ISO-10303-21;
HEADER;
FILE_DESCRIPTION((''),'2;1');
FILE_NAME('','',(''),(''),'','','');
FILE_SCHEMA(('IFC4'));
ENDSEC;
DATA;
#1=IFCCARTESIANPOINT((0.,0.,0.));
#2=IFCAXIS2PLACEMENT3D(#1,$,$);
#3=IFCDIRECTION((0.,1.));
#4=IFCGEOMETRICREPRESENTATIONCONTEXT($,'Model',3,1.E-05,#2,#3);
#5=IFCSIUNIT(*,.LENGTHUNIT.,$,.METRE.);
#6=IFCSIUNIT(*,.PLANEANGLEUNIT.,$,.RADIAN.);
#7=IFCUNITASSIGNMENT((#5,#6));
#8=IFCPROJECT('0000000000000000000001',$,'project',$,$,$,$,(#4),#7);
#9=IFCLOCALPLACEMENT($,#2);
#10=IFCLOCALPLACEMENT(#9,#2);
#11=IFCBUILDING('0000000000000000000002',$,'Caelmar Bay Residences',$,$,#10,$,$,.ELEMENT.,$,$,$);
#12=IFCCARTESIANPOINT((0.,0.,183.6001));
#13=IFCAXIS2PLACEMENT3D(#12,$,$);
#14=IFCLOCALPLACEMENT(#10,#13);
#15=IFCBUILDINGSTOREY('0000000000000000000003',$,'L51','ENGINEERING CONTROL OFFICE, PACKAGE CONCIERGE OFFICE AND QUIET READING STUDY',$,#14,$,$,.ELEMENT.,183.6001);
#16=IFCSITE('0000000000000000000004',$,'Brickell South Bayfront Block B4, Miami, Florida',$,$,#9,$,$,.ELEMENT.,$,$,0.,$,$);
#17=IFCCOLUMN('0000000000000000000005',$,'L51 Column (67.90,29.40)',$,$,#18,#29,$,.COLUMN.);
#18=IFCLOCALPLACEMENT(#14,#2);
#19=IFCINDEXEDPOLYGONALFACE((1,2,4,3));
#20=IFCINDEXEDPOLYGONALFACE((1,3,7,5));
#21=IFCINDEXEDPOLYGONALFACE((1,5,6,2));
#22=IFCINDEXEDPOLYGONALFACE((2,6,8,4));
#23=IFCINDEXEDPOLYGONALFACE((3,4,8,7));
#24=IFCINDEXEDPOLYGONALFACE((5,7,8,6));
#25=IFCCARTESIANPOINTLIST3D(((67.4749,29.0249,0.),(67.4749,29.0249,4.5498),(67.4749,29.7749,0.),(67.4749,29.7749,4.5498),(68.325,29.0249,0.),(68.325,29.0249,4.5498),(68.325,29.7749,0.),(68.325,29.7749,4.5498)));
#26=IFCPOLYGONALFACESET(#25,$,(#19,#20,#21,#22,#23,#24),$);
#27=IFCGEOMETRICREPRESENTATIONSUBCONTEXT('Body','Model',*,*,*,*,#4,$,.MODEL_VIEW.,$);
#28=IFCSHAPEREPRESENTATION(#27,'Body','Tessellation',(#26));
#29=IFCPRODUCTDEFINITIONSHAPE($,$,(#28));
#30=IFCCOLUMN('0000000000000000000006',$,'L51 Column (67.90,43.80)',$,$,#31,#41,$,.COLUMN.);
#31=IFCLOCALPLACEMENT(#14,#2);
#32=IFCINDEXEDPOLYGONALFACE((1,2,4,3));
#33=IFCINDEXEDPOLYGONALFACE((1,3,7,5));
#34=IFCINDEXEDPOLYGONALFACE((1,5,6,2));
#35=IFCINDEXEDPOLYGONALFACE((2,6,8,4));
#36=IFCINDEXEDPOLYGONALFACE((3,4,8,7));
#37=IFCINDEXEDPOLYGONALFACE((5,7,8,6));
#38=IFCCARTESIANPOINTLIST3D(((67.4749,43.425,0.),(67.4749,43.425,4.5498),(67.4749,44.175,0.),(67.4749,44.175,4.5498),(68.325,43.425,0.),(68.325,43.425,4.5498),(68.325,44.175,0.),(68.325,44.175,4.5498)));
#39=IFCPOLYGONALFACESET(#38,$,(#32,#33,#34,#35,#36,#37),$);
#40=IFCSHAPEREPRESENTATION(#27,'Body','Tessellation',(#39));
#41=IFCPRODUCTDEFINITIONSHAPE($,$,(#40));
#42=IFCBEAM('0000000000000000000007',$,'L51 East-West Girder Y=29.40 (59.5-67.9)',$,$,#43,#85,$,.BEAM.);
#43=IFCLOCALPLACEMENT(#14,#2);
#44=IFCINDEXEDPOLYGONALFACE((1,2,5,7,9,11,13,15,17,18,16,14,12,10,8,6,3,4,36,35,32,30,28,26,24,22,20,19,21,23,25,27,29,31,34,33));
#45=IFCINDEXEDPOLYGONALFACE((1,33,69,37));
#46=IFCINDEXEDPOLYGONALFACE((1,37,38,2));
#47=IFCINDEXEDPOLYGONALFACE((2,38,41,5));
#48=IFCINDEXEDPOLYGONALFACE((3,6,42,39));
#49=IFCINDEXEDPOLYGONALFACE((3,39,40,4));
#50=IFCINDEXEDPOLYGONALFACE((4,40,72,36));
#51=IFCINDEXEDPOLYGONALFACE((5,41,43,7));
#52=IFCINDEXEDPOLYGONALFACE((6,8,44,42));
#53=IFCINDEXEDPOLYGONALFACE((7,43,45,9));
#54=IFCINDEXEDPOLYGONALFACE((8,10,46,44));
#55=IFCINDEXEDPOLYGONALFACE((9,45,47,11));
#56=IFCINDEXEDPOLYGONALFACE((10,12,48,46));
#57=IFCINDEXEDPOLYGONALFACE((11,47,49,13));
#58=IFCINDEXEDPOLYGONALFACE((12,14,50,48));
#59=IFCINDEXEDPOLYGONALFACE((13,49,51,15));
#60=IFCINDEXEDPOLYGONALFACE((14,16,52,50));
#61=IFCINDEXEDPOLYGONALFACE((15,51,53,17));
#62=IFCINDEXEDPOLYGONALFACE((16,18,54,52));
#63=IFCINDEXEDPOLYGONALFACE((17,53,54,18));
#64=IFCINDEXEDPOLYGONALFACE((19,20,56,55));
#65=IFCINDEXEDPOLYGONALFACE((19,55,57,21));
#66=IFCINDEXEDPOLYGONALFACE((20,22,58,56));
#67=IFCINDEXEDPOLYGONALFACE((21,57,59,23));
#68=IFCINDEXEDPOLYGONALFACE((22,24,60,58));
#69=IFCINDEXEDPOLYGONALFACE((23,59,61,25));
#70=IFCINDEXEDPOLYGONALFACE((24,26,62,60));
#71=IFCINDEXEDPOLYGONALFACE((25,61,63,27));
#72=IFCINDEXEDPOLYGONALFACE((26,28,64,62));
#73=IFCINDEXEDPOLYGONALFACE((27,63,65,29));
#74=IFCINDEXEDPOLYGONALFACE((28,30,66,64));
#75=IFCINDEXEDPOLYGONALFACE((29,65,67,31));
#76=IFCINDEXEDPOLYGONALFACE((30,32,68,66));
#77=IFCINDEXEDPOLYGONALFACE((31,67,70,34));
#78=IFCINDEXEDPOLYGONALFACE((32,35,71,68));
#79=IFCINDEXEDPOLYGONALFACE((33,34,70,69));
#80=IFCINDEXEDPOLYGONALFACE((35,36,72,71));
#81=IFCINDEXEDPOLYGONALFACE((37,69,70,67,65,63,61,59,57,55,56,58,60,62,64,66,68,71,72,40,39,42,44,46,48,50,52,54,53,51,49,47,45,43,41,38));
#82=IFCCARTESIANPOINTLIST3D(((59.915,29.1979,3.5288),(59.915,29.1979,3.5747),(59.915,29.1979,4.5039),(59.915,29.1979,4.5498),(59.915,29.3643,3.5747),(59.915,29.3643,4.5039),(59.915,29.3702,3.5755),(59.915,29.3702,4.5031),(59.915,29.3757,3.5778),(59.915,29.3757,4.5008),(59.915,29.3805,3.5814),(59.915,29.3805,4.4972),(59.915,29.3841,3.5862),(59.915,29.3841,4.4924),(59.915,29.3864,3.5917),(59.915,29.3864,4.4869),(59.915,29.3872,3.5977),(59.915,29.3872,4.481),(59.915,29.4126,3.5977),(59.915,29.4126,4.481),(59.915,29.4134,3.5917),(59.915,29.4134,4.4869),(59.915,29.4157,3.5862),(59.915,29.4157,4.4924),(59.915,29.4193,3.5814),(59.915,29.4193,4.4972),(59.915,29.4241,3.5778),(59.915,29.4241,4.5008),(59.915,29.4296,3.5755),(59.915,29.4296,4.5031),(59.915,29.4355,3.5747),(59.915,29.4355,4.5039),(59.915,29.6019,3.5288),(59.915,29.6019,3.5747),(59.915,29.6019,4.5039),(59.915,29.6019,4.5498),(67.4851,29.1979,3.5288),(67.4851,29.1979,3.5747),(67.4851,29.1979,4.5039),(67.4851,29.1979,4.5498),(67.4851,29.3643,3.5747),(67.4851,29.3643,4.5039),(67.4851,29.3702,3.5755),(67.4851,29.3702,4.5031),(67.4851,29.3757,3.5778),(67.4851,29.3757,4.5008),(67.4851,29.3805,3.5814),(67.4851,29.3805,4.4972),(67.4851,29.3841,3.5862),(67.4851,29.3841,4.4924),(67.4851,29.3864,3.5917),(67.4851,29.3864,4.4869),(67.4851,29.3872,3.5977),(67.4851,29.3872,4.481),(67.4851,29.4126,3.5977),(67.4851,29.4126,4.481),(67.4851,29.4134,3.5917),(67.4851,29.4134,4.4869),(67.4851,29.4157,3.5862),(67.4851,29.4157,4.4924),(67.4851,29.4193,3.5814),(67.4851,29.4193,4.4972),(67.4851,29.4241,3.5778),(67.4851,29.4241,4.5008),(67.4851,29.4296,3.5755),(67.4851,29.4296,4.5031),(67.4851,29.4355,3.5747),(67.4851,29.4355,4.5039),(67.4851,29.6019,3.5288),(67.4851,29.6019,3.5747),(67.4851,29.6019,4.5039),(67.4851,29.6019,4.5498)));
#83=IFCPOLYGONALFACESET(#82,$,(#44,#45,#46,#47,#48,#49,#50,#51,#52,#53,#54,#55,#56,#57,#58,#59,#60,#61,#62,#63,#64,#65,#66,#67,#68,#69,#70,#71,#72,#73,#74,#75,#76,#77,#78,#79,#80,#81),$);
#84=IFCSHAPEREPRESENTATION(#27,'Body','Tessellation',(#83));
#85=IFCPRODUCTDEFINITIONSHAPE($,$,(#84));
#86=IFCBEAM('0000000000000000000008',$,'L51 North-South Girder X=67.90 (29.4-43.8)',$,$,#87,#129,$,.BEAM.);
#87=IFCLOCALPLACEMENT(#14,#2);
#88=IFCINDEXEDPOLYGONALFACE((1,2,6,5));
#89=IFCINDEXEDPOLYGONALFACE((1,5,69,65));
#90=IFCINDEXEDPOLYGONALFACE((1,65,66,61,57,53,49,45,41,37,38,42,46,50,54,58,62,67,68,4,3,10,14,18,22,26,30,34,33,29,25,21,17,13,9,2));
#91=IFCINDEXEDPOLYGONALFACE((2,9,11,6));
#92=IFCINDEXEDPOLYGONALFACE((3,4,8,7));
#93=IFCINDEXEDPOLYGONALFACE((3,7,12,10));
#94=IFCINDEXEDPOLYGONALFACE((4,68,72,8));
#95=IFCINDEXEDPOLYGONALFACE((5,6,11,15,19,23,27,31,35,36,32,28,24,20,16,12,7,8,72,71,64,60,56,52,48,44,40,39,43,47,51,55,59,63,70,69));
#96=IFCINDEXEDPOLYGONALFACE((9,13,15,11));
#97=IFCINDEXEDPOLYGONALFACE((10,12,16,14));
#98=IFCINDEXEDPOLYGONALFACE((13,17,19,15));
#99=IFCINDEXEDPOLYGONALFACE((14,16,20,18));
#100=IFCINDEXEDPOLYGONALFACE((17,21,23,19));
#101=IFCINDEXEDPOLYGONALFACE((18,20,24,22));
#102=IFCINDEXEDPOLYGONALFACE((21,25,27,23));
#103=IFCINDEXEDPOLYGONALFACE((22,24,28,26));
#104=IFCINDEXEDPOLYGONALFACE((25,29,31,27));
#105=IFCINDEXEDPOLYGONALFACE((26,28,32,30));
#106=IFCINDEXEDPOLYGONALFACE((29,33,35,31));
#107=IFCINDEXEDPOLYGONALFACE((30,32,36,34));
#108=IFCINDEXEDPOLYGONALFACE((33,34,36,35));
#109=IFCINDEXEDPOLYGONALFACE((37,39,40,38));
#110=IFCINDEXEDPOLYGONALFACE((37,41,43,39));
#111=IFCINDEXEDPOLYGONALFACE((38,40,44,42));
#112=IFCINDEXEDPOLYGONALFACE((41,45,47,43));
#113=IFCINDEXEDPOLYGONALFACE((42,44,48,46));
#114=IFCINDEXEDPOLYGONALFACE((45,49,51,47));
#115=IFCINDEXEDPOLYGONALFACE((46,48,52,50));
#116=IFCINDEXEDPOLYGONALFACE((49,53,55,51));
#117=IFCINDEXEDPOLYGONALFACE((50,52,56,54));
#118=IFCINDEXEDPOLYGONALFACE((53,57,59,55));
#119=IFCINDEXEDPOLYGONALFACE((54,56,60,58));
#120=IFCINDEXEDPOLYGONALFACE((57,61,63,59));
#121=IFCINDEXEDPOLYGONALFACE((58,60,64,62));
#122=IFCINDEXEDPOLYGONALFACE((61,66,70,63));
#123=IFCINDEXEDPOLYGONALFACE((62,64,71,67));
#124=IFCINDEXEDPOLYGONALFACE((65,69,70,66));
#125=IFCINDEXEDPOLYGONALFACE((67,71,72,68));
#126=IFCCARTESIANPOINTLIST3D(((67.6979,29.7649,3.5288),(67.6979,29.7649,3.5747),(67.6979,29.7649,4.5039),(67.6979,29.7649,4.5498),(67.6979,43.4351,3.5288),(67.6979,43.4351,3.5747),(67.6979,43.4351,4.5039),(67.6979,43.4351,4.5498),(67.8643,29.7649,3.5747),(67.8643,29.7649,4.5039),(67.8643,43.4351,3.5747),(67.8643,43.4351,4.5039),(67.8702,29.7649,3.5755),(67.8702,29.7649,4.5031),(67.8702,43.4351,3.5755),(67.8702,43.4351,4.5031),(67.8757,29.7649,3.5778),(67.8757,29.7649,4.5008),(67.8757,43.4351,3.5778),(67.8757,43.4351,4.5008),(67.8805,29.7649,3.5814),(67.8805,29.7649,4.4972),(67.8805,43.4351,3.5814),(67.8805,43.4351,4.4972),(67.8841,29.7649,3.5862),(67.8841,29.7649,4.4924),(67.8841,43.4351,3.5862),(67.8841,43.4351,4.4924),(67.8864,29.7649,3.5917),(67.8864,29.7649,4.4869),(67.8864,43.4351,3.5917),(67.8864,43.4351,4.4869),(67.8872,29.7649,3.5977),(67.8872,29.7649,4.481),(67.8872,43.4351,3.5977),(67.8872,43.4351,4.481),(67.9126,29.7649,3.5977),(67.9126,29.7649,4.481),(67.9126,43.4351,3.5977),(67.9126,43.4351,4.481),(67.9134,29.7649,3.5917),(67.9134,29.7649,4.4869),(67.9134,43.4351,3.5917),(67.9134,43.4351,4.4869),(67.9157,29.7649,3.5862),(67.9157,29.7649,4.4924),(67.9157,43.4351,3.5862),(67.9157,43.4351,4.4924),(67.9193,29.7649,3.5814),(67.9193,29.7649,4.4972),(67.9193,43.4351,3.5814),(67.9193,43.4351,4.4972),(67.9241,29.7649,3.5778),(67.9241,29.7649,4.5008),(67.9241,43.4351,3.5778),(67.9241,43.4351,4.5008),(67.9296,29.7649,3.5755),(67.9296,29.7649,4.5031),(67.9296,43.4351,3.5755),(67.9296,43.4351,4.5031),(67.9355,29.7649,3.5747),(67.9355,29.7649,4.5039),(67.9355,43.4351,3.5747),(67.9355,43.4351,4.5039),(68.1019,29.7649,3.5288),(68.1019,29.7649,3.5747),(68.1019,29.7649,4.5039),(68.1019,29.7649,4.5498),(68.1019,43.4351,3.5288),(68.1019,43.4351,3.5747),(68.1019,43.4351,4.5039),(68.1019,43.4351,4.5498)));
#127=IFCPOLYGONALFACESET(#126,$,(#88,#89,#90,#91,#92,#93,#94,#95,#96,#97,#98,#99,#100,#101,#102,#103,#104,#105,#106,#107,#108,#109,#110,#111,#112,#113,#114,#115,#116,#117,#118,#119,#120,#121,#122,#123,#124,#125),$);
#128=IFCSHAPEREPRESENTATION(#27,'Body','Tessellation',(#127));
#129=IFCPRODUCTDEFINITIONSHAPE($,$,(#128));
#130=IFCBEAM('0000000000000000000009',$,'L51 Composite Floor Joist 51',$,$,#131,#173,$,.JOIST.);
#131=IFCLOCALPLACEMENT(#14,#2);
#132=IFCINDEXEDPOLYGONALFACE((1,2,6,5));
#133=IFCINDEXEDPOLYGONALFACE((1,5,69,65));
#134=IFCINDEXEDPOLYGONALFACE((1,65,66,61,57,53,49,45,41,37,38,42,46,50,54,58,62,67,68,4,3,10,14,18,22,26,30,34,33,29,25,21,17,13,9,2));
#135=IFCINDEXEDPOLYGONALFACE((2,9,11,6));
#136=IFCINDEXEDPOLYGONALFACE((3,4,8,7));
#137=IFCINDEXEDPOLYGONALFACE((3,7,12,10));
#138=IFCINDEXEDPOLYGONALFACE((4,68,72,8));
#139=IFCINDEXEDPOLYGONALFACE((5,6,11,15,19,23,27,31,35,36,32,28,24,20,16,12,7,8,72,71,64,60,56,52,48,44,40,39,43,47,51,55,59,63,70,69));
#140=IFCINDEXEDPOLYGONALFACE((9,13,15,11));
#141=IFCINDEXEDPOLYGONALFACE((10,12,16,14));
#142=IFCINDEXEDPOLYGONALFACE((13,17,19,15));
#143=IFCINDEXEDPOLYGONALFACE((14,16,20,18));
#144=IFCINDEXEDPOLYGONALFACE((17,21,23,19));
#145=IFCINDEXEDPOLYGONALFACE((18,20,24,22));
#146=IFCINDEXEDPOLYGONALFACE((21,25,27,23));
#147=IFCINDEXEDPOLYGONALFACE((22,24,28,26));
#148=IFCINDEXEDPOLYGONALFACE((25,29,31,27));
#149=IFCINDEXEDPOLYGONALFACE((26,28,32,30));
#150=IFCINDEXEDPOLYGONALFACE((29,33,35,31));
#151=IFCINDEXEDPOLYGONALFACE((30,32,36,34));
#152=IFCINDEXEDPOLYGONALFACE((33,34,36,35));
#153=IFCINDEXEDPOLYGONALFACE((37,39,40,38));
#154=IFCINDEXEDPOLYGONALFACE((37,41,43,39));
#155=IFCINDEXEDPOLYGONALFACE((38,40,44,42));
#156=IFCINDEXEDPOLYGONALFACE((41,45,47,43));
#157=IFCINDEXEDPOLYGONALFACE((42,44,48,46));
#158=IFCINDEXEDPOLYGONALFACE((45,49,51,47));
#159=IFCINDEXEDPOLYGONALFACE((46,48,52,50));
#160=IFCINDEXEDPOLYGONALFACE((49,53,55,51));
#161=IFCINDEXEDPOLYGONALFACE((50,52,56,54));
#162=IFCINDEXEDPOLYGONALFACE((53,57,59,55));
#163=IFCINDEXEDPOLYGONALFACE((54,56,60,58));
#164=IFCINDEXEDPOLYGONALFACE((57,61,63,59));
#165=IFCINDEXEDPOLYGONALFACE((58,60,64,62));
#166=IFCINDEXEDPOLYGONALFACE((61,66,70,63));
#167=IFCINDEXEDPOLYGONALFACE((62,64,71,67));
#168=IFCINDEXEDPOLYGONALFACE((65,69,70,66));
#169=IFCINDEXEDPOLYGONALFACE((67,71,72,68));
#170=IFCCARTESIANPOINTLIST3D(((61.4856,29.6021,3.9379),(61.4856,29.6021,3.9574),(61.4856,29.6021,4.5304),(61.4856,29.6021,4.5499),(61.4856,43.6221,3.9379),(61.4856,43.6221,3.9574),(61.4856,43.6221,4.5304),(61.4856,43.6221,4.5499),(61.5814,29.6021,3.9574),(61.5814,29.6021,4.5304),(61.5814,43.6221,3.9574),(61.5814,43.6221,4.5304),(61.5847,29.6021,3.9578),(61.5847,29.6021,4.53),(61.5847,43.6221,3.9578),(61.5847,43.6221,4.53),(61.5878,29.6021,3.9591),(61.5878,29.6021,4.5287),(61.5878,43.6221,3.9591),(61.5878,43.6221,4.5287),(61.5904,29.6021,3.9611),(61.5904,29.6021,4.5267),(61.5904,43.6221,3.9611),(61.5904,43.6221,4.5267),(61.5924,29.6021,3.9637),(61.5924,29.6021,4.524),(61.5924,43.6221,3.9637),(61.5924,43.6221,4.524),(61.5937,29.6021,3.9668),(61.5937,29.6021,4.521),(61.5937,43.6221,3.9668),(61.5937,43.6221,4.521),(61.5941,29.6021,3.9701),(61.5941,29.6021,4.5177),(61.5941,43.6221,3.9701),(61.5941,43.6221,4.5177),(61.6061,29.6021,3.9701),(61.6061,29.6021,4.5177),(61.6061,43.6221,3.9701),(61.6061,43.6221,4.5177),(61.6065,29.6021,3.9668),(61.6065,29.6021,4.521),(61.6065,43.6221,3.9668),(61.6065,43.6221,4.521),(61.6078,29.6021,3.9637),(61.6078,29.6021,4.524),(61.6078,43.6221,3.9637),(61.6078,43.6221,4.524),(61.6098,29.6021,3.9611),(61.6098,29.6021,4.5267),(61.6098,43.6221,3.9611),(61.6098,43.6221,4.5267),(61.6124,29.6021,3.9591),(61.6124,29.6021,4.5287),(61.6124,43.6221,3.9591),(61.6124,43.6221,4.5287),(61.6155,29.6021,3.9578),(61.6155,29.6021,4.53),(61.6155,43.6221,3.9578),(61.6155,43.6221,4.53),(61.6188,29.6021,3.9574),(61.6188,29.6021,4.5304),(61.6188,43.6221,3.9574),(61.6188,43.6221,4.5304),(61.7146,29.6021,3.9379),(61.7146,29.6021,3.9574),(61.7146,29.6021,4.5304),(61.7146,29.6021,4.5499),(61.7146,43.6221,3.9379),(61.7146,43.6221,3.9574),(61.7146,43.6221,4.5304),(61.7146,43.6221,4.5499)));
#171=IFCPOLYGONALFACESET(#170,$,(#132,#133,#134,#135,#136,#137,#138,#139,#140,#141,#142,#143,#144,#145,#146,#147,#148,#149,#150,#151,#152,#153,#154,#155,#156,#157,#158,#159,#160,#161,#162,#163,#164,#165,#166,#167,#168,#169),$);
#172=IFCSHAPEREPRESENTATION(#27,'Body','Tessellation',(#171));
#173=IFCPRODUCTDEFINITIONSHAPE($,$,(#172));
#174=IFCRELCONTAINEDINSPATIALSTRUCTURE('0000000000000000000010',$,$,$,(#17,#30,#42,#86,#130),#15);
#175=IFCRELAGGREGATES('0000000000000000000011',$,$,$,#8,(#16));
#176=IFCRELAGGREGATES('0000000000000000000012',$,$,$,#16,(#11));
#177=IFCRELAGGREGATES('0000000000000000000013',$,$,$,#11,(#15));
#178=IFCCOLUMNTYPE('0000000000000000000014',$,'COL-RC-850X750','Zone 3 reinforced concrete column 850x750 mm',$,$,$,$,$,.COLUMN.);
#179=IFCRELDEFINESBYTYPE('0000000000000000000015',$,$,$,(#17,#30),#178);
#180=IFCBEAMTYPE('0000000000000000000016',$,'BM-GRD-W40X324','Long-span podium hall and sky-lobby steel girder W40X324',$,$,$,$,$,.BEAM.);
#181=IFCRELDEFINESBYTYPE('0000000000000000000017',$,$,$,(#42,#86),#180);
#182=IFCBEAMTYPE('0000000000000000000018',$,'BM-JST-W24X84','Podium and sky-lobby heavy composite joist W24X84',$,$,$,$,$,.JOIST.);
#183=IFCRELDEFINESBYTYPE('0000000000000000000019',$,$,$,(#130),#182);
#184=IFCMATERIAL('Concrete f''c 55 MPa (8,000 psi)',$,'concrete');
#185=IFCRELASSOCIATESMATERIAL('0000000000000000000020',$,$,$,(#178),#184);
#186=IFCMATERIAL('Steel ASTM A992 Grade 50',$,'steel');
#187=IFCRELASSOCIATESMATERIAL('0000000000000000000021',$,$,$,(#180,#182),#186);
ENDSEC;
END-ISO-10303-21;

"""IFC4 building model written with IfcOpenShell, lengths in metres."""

from ifc_helpers import new_model, si_unit, direction, frame, origin, origin_2d, place, context, subcontext, project, spatial, rectangle, i_section, extrude, material, material_profile, profile_set, type_object, element, save


model = new_model("IFC4")

# Units and contexts
model_context = context("Model", 3, precision=1e-05, world=origin(), true_north=direction((0.0, 1.0)))
body_context = subcontext(model_context, "Body", "Model", "MODEL_VIEW")
ifc_project = project(units=[si_unit("LENGTHUNIT", "METRE"), si_unit("PLANEANGLEUNIT", "RADIAN")], contexts=[model_context])

# Site, building, storey
site_placement = place(None, origin())
site = spatial("IfcSite", under=ifc_project, at=site_placement, Name="Brickell South Bayfront Block B4, Miami, Florida", CompositionType="ELEMENT", RefElevation=0.0)
building_placement = place(site_placement, origin())
building = spatial("IfcBuilding", under=site, at=building_placement, Name="Caelmar Bay Residences", CompositionType="ELEMENT")
storey_placement = place(building_placement, frame((0.0, 0.0, 183.6001)))
storey = spatial("IfcBuildingStorey", under=building, at=storey_placement, Name="L51", Description="ENGINEERING CONTROL OFFICE, PACKAGE CONCIERGE OFFICE AND QUIET READING STUDY", CompositionType="ELEMENT", Elevation=183.6001)

# Columns
ifc_material_1 = material(Name="Concrete f'c 55 MPa (8,000 psi)", Category="concrete")
ifc_material_profile_1 = material_profile(ifc_material_1, rectangle(XDim=0.8501, YDim=0.75, at=origin_2d()), Name="RC-COL-850X750")
ifc_profile_set_1 = profile_set([ifc_material_profile_1], Name="Concrete f'c 55 MPa (8,000 psi)")
column_type = type_object("IfcColumnType", Name="COL-RC-850X750", Description="Zone 3 reinforced concrete column 850x750 mm", PredefinedType="COLUMN", material=ifc_profile_set_1)
for number, where, z_axis, x_axis, name in (
    (1, (67.8999, 29.3999, 0.0), (0.0, 0.0, 1.0), (1.0, 0.0, 0.0), "L51 Column (67.90,29.40)"),
    (2, (67.8999, 43.8, 0.0), (0.0, 0.0, 1.0), (1.0, 0.0, 0.0), "L51 Column (67.90,43.80)"),
):
    element("IfcColumn", number, at=place(storey_placement, frame(where, z_axis=z_axis, x_axis=x_axis)), inside=storey, type_object=column_type, Name=name, PredefinedType="COLUMN", context=body_context, shape_type="SweptSolid", body=[
        extrude(rectangle(XDim=0.8501, YDim=0.75, at=origin_2d()), origin(), (0.0, 0.0, 1.0), 4.5498),
    ])

# Beams
ifc_material_2 = material(Name="Steel ASTM A992 Grade 50", Category="steel")
ifc_material_profile_2 = material_profile(ifc_material_2, i_section(OverallWidth=0.4041, OverallDepth=1.021, WebThickness=0.0254, FlangeThickness=0.0459, FilletRadius=0.0229, at=origin_2d()), Name="W40X324")
ifc_profile_set_2 = profile_set([ifc_material_profile_2], Name="Steel ASTM A992 Grade 50")
beam_type_1 = type_object("IfcBeamType", Name="BM-GRD-W40X324", Description="Long-span podium hall and sky-lobby steel girder W40X324", PredefinedType="BEAM", material=ifc_profile_set_2)
beam_1_placement = place(storey_placement, frame((59.915, 29.3999, 4.0393), z_axis=(1.0, 0.0, 0.0), x_axis=(0.0, 1.0, 0.0)))
element("IfcBeam", 3, at=beam_1_placement, inside=storey, type_object=beam_type_1, Name="L51 East-West Girder Y=29.40 (59.5-67.9)", PredefinedType="BEAM", context=body_context, shape_type="SweptSolid", body=[
    extrude(i_section(OverallWidth=0.4041, OverallDepth=1.021, WebThickness=0.0254, FlangeThickness=0.0459, FilletRadius=0.0229, at=origin_2d()), origin(), (0.0, 0.0, 1.0), 7.5701),
])
beam_2_placement = place(storey_placement, frame((67.8999, 29.7649, 4.0393), z_axis=(0.0, 1.0, 0.0), x_axis=(-1.0, 0.0, 0.0)))
element("IfcBeam", 4, at=beam_2_placement, inside=storey, type_object=beam_type_1, Name="L51 North-South Girder X=67.90 (29.4-43.8)", PredefinedType="BEAM", context=body_context, shape_type="SweptSolid", body=[
    extrude(i_section(OverallWidth=0.4041, OverallDepth=1.021, WebThickness=0.0254, FlangeThickness=0.0459, FilletRadius=0.0229, at=origin_2d()), origin(), (0.0, 0.0, 1.0), 13.6702),
])
ifc_material_profile_3 = material_profile(ifc_material_2, i_section(OverallWidth=0.229, OverallDepth=0.6121, WebThickness=0.012, FlangeThickness=0.0195, FilletRadius=0.0127, at=origin_2d()), Name="W24X84")
ifc_profile_set_3 = profile_set([ifc_material_profile_3], Name="Steel ASTM A992 Grade 50")
beam_type_2 = type_object("IfcBeamType", Name="BM-JST-W24X84", Description="Podium and sky-lobby heavy composite joist W24X84", PredefinedType="JOIST", material=ifc_profile_set_3)
for number, where, z_axis, x_axis, name in (
    (5, (61.6001, 29.6021, 4.2439), (0.0, 1.0, 0.0), (-1.0, 0.0, 0.0), "L51 Composite Floor Joist 51"),
):
    element("IfcBeam", number, at=place(storey_placement, frame(where, z_axis=z_axis, x_axis=x_axis)), inside=storey, type_object=beam_type_2, Name=name, PredefinedType="JOIST", context=body_context, shape_type="SweptSolid", body=[
        extrude(i_section(OverallWidth=0.229, OverallDepth=0.6121, WebThickness=0.012, FlangeThickness=0.0195, FilletRadius=0.0127, at=origin_2d()), origin(), (0.0, 0.0, 1.0), 14.02),
    ])

save(model, "model.ifc")
